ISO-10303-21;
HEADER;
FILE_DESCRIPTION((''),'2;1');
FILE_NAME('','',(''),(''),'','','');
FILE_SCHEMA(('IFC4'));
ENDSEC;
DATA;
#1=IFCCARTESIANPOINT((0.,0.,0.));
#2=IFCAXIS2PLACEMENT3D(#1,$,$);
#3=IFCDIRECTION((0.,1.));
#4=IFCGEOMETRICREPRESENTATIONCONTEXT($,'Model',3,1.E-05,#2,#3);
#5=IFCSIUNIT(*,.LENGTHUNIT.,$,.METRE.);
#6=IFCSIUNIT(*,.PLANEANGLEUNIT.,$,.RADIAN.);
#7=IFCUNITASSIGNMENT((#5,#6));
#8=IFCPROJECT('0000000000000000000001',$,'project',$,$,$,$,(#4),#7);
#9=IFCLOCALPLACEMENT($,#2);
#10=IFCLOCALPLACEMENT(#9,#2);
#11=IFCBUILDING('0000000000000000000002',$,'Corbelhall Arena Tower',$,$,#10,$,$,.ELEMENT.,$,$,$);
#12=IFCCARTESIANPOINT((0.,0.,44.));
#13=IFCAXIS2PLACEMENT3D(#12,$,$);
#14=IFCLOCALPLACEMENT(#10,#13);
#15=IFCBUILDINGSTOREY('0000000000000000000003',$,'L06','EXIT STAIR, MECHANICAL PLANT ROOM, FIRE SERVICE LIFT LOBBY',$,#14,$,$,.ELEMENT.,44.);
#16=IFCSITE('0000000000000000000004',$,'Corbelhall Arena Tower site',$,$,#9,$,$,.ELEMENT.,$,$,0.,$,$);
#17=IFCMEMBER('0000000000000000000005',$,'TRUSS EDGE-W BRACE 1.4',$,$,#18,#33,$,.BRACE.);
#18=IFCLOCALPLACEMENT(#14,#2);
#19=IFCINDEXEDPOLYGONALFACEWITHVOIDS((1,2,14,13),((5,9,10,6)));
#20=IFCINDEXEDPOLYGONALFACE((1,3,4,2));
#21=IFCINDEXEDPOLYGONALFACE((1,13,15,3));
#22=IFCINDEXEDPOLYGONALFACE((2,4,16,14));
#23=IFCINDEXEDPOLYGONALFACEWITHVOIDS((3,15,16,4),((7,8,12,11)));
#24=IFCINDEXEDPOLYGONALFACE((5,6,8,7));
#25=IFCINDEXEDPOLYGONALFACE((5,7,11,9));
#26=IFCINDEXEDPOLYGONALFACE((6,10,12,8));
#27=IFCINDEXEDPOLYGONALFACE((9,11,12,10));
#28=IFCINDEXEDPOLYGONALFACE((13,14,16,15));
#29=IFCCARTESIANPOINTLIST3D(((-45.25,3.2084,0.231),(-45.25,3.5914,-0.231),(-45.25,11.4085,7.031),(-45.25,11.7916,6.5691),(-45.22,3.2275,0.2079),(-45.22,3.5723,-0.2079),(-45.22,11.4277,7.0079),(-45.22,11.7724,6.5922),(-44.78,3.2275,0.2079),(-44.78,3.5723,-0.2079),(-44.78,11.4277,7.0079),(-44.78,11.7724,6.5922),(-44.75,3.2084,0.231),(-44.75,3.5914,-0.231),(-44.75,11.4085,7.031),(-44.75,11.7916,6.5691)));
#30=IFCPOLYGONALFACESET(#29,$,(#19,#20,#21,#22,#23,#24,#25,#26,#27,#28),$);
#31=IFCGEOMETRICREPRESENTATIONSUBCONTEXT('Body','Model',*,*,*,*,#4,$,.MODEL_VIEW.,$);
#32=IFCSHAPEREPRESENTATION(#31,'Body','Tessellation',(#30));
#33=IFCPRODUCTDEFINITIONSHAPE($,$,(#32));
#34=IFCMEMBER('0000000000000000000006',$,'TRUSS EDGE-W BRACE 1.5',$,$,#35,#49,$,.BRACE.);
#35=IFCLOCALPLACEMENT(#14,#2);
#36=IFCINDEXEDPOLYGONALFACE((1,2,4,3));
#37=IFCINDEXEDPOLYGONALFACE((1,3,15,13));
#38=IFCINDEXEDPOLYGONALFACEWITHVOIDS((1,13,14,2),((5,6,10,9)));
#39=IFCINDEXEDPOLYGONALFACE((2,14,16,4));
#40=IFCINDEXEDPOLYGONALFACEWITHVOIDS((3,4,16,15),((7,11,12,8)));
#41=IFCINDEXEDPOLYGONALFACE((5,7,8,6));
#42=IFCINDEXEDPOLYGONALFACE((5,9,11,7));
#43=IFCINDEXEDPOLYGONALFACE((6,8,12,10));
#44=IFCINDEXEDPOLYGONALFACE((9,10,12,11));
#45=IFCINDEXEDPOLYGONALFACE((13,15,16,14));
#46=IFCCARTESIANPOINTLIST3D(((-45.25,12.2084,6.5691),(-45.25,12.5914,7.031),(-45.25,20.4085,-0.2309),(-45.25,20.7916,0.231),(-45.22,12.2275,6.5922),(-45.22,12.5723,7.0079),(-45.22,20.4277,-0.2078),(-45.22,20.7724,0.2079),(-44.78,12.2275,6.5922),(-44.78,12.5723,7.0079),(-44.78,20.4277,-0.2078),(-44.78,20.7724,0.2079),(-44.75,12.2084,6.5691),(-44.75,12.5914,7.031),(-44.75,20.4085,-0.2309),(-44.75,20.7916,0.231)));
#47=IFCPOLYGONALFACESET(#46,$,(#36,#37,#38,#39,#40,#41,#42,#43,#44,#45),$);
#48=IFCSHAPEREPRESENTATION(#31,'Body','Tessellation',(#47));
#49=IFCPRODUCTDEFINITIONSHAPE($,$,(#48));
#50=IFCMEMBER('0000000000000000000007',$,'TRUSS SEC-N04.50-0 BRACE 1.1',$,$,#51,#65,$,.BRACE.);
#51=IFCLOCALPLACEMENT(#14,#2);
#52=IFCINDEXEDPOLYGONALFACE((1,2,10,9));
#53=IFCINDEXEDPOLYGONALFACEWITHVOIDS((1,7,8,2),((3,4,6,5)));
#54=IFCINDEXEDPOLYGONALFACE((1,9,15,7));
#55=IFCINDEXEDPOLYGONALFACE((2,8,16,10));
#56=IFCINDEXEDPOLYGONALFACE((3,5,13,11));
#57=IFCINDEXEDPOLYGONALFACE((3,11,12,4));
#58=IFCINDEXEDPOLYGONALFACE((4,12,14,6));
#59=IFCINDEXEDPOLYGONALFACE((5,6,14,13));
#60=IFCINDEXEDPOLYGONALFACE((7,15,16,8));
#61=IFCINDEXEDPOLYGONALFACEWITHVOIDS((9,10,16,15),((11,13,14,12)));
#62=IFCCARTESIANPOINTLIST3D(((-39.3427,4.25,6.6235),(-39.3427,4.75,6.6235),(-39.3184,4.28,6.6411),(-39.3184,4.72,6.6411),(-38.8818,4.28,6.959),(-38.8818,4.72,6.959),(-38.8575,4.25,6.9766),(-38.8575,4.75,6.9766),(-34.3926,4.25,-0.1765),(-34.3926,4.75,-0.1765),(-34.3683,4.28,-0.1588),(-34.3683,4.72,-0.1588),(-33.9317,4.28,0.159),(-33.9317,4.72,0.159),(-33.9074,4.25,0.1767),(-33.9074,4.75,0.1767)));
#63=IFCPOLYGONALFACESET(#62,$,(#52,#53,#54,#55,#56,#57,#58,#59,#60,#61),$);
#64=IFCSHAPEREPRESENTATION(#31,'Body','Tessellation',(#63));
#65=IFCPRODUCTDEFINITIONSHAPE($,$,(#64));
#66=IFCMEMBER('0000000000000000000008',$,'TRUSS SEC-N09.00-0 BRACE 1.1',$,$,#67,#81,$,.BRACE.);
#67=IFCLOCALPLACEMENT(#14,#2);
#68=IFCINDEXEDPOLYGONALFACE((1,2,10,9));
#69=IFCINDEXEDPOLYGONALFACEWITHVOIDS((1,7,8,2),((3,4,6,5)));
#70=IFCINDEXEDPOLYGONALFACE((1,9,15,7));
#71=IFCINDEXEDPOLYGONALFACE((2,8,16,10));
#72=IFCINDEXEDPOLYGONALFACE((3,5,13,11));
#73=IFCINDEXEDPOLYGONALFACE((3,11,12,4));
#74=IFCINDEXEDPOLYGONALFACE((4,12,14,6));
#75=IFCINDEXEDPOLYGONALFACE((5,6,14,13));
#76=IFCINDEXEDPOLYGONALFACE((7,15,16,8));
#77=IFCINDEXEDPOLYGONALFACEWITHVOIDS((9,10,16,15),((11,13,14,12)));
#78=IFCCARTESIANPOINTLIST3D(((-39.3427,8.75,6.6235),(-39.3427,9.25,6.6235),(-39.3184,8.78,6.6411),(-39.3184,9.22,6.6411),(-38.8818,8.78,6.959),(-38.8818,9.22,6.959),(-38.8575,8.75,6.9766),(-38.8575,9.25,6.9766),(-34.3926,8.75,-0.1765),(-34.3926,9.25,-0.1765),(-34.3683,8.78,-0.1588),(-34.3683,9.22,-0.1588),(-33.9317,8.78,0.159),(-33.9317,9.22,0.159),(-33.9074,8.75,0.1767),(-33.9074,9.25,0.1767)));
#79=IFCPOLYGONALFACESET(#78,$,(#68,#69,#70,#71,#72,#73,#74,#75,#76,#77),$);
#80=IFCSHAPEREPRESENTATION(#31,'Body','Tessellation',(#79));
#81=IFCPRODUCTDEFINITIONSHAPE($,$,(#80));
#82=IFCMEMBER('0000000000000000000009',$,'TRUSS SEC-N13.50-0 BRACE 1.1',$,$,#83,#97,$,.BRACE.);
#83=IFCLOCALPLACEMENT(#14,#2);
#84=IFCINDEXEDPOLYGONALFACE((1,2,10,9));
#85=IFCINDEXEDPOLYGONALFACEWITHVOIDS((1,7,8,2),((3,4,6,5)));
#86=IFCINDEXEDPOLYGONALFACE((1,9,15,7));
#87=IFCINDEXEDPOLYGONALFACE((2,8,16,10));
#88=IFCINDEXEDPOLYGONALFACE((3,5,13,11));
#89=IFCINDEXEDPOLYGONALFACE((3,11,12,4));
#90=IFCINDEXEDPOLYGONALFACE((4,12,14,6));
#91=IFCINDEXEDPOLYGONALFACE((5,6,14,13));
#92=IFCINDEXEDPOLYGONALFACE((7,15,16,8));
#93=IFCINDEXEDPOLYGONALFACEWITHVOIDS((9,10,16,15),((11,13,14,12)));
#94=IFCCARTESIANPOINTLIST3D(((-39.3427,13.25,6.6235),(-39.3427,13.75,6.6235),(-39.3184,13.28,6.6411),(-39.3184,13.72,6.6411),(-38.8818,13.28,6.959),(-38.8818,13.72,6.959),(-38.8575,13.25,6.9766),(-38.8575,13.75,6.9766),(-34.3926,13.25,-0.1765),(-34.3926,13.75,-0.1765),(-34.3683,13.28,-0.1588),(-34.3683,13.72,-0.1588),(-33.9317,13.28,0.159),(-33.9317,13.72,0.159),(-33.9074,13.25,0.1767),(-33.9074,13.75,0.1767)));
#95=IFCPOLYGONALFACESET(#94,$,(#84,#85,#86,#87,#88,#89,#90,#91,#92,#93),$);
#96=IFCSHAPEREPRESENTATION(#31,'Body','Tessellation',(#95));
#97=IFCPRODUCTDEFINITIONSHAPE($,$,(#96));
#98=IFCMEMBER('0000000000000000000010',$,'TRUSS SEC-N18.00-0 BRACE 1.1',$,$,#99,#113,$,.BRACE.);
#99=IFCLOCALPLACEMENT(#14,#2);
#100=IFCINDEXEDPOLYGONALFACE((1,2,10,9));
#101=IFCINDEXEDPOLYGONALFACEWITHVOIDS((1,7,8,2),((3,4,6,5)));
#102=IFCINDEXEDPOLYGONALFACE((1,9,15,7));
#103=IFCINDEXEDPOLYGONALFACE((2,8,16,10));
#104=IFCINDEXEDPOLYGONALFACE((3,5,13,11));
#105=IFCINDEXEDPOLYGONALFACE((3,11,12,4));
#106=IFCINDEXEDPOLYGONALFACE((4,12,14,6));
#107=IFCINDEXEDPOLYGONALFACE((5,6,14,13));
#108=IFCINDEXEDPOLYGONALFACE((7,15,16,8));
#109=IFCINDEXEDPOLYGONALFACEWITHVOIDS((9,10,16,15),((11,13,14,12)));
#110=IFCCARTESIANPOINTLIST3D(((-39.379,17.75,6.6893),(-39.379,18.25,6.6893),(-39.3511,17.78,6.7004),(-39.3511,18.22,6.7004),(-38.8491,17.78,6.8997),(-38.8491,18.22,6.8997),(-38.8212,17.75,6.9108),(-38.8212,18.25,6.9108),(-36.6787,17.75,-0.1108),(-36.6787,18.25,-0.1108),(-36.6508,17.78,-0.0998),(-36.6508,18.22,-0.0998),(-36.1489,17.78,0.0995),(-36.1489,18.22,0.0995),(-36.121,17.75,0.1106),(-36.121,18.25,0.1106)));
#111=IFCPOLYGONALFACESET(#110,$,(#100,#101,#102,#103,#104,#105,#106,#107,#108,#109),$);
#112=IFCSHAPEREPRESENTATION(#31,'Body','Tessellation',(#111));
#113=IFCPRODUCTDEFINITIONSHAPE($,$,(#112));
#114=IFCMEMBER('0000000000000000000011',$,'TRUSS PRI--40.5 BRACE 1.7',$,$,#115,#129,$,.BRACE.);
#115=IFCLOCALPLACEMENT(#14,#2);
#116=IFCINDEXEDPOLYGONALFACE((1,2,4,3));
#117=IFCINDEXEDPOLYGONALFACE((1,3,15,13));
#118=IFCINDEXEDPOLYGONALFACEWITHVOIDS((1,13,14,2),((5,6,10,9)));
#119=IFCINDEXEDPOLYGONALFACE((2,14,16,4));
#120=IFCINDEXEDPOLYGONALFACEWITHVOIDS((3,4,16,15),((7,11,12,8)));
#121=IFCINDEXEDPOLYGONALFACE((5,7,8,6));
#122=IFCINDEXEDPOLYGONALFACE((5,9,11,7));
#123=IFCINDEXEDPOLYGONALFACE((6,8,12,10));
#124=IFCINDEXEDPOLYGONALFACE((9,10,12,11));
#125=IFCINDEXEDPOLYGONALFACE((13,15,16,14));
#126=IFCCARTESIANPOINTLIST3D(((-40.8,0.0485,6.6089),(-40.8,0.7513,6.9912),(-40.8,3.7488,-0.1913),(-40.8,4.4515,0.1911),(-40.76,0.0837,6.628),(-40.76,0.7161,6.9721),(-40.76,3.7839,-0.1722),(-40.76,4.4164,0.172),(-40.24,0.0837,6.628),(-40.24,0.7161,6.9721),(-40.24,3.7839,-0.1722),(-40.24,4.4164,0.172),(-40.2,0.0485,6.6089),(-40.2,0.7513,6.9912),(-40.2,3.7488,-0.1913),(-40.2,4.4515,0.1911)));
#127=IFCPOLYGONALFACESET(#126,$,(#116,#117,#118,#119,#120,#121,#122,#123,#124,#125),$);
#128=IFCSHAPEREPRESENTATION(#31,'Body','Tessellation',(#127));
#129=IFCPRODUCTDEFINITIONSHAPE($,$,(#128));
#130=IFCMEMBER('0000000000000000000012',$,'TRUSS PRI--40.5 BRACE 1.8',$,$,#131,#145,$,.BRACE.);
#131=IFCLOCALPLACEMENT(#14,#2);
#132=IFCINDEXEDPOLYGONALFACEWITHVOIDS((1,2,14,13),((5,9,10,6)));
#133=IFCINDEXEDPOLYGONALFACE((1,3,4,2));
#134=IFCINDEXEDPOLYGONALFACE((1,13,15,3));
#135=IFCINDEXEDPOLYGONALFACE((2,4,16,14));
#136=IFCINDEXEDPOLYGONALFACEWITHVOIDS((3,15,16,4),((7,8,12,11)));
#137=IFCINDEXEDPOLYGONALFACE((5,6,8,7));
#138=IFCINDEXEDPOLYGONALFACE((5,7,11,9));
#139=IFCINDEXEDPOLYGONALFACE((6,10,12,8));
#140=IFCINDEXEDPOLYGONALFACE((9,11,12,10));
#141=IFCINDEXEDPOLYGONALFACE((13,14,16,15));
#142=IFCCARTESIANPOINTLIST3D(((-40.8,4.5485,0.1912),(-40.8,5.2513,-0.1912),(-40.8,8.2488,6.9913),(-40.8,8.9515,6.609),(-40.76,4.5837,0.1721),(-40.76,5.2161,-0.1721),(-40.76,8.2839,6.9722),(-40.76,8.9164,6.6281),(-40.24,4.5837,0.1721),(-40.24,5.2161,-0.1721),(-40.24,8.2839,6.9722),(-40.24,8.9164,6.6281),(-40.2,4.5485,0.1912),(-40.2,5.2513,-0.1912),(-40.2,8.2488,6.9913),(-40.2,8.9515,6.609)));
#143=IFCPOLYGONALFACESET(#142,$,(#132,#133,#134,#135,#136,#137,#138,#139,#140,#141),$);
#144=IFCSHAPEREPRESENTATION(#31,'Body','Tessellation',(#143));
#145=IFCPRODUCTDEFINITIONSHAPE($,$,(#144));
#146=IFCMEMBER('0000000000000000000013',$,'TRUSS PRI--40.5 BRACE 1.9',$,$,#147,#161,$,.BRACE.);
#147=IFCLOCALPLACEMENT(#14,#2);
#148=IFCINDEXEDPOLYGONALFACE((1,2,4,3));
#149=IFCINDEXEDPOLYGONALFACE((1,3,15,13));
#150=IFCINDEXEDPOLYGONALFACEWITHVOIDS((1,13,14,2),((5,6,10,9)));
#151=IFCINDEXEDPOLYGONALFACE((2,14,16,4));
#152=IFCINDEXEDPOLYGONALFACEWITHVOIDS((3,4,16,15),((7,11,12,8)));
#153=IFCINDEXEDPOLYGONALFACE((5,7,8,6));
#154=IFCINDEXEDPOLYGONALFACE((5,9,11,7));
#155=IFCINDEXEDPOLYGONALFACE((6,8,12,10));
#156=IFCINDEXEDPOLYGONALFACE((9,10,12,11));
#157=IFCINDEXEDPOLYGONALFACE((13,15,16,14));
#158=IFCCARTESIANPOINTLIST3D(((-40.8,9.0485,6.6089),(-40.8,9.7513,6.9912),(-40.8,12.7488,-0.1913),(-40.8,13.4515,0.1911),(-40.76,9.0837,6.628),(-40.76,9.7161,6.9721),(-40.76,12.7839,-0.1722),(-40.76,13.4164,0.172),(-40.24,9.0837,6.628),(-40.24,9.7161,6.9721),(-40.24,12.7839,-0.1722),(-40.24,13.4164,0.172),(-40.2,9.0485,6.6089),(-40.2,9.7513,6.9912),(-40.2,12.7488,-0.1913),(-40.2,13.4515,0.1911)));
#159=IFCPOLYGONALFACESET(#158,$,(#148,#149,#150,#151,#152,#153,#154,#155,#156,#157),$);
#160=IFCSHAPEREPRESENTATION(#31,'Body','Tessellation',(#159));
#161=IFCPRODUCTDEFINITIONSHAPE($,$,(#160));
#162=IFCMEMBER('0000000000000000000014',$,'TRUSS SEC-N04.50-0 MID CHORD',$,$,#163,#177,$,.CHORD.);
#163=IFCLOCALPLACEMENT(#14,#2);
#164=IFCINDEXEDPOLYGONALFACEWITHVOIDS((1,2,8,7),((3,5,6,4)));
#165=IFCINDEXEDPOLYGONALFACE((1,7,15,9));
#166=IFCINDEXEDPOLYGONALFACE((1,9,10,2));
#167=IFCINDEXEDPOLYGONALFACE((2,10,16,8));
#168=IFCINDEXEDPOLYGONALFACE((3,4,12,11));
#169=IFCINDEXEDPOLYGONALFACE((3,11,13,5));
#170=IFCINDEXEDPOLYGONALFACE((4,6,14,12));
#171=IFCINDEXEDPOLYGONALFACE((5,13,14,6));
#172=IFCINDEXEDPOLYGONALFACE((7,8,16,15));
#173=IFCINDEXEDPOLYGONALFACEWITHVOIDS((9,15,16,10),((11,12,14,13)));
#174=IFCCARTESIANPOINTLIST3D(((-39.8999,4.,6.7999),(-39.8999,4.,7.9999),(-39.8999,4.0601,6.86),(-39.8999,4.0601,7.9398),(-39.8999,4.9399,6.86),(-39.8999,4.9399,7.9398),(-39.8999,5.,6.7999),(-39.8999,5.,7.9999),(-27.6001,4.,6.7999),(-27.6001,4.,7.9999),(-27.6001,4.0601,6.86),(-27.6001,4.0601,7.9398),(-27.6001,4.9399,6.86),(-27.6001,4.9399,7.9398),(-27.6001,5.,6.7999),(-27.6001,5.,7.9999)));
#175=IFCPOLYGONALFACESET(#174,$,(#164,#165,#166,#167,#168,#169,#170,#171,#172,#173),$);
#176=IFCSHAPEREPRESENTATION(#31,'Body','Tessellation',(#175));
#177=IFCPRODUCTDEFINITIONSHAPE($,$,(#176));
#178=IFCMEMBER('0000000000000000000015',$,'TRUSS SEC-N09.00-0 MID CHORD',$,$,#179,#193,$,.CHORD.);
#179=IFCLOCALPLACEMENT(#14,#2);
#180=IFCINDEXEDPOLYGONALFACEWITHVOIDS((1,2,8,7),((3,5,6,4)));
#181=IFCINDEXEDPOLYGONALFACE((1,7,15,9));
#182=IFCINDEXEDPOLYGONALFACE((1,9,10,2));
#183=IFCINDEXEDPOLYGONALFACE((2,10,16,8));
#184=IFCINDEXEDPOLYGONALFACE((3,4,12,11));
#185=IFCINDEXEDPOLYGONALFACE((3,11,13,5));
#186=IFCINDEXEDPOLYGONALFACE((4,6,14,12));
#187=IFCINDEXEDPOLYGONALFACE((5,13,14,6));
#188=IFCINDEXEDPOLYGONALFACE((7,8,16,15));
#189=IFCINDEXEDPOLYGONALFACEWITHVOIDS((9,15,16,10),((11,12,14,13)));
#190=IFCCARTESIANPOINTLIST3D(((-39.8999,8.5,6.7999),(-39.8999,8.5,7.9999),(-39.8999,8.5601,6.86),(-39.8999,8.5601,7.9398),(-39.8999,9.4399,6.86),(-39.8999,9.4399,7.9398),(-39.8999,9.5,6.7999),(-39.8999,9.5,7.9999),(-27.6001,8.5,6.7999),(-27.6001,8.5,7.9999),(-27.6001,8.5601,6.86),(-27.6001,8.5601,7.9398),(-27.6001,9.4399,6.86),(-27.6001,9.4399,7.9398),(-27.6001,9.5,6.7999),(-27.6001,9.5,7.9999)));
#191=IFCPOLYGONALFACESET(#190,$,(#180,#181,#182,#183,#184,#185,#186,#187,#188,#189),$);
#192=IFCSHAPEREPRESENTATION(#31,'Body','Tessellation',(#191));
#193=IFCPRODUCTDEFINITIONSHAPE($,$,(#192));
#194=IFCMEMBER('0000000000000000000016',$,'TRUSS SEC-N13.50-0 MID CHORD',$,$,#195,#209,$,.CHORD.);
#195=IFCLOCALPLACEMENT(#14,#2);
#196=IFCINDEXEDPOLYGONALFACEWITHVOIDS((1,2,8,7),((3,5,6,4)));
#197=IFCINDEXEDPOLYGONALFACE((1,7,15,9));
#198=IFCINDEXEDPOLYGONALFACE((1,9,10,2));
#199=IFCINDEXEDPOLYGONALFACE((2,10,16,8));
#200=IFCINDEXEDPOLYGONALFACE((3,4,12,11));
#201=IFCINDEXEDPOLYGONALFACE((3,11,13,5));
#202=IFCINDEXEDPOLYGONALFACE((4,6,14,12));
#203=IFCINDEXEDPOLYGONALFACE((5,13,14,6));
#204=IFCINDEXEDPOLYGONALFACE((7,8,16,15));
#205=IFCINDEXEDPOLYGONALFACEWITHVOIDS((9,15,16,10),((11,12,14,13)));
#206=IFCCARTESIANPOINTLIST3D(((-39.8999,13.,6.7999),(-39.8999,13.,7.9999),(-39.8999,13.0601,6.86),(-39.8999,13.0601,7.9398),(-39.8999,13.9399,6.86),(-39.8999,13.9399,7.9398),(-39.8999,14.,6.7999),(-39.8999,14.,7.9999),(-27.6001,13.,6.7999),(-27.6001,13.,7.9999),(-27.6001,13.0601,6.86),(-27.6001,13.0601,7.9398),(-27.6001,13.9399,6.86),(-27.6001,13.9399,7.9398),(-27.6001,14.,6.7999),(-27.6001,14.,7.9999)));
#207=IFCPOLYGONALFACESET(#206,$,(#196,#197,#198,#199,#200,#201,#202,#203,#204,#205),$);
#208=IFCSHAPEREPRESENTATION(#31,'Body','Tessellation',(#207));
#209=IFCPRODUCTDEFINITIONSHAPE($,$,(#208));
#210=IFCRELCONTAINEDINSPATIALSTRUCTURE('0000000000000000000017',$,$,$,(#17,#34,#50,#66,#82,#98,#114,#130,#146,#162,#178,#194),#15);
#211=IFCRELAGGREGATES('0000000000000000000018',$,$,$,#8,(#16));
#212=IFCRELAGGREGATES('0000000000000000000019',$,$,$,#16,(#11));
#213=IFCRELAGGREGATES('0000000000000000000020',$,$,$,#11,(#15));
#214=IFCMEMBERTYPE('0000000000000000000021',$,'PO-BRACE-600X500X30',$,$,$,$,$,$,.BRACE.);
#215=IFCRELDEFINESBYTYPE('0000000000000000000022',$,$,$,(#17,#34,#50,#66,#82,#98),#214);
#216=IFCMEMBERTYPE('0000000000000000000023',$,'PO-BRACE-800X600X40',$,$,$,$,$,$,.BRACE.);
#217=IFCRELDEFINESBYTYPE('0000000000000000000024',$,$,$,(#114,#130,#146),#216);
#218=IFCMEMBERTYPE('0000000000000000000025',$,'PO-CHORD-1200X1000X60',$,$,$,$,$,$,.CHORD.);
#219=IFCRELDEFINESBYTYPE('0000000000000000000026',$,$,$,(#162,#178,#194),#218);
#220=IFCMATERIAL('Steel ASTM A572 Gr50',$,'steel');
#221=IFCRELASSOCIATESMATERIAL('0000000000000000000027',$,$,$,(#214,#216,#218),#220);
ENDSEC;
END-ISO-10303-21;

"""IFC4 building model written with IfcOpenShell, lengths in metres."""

from ifc_helpers import new_model, si_unit, direction, frame, origin, origin_2d, place, context, subcontext, project, spatial, hollow_rectangle, extrude, material, material_profile, profile_set, type_object, element, save


model = new_model("IFC4")

# Units and contexts
model_context = context("Model", 3, precision=1e-05, world=origin(), true_north=direction((0.0, 1.0)))
body_context = subcontext(model_context, "Body", "Model", "MODEL_VIEW")
ifc_project = project(units=[si_unit("LENGTHUNIT", "METRE"), si_unit("PLANEANGLEUNIT", "RADIAN")], contexts=[model_context])

# Site, building, storey
site_placement = place(None, origin())
site = spatial("IfcSite", under=ifc_project, at=site_placement, Name="Corbelhall Arena Tower site", CompositionType="ELEMENT", RefElevation=0.0)
building_placement = place(site_placement, origin())
building = spatial("IfcBuilding", under=site, at=building_placement, Name="Corbelhall Arena Tower", CompositionType="ELEMENT")
storey_placement = place(building_placement, frame((0.0, 0.0, 44.0)))
storey = spatial("IfcBuildingStorey", under=building, at=storey_placement, Name="L06", Description="EXIT STAIR, MECHANICAL PLANT ROOM, FIRE SERVICE LIFT LOBBY", CompositionType="ELEMENT", Elevation=44.0)

# Members
ifc_material_1 = material(Name="Steel ASTM A572 Gr50", Category="steel")
ifc_material_profile_1 = material_profile(ifc_material_1, hollow_rectangle(XDim=0.5, YDim=0.6001, WallThickness=0.03, at=origin_2d()))
ifc_profile_set_1 = profile_set([ifc_material_profile_1], Name="Steel ASTM A572 Gr50")
member_type_1 = type_object("IfcMemberType", Name="PO-BRACE-600X500X30", PredefinedType="BRACE", material=ifc_profile_set_1)
for number, where, z_axis, x_axis, name in (
    (1, (-45.0, 3.3999, 0.0), (0.0, 0.769763, 0.63833), (-1.0, 0.0, 0.0), "TRUSS EDGE-W BRACE 1.4"),
    (2, (-45.0, 12.3999, 6.8), (0.0, 0.769763, -0.63833), (-1.0, 0.0, 0.0), "TRUSS EDGE-W BRACE 1.5"),
):
    element("IfcMember", number, at=place(storey_placement, frame(where, z_axis=z_axis, x_axis=x_axis)), inside=storey, type_object=member_type_1, Name=name, PredefinedType="BRACE", context=body_context, shape_type="SweptSolid", body=[
        extrude(hollow_rectangle(XDim=0.5, YDim=0.6001, WallThickness=0.03, at=origin_2d()), origin(), (0.0, 0.0, 1.0), 10.6528),
    ])
for number, where, z_axis, x_axis, name in (
    (3, (-39.1001, 4.5, 6.8), (0.588538, 0.0, -0.80847), (0.0, 1.0, 0.0), "TRUSS SEC-N04.50-0 BRACE 1.1"),
    (4, (-39.1001, 9.0, 6.8), (0.588538, 0.0, -0.80847), (0.0, 1.0, 0.0), "TRUSS SEC-N09.00-0 BRACE 1.1"),
    (5, (-39.1001, 13.5, 6.8), (0.588538, 0.0, -0.80847), (0.0, 1.0, 0.0), "TRUSS SEC-N13.50-0 BRACE 1.1"),
):
    element("IfcMember", number, at=place(storey_placement, frame(where, z_axis=z_axis, x_axis=x_axis)), inside=storey, type_object=member_type_1, Name=name, PredefinedType="BRACE", context=body_context, shape_type="SweptSolid", body=[
        extrude(hollow_rectangle(XDim=0.5, YDim=0.6001, WallThickness=0.03, at=origin_2d()), origin(), (0.0, 0.0, 1.0), 8.4109),
    ])
member_placement = place(storey_placement, frame((-39.1001, 18.0, 6.8), z_axis=(0.369054, 0.0, -0.929408), x_axis=(0.0, 1.0, 0.0)))
element("IfcMember", 6, at=member_placement, inside=storey, type_object=member_type_1, Name="TRUSS SEC-N18.00-0 BRACE 1.1", PredefinedType="BRACE", context=body_context, shape_type="SweptSolid", body=[
    extrude(hollow_rectangle(XDim=0.5, YDim=0.6001, WallThickness=0.03, at=origin_2d()), origin(), (0.0, 0.0, 1.0), 7.3167),
])
ifc_material_profile_2 = material_profile(ifc_material_1, hollow_rectangle(XDim=0.6001, YDim=0.8, WallThickness=0.04, at=origin_2d()))
ifc_profile_set_2 = profile_set([ifc_material_profile_2], Name="Steel ASTM A572 Gr50")
member_type_2 = type_object("IfcMemberType", Name="PO-BRACE-800X600X40", PredefinedType="BRACE", material=ifc_profile_set_2)
for number, where, z_axis, x_axis, name in (
    (7, (-40.5, 0.3999, 6.8), (0.0, 0.477964, -0.87838), (-1.0, 0.0, 0.0), "TRUSS PRI--40.5 BRACE 1.7"),
    (8, (-40.5, 4.8999, 0.0), (0.0, 0.477964, 0.87838), (-1.0, 0.0, 0.0), "TRUSS PRI--40.5 BRACE 1.8"),
    (9, (-40.5, 9.3999, 6.8), (0.0, 0.477964, -0.87838), (-1.0, 0.0, 0.0), "TRUSS PRI--40.5 BRACE 1.9"),
):
    element("IfcMember", number, at=place(storey_placement, frame(where, z_axis=z_axis, x_axis=x_axis)), inside=storey, type_object=member_type_2, Name=name, PredefinedType="BRACE", context=body_context, shape_type="SweptSolid", body=[
        extrude(hollow_rectangle(XDim=0.6001, YDim=0.8, WallThickness=0.04, at=origin_2d()), origin(), (0.0, 0.0, 1.0), 7.7417),
    ])
ifc_material_profile_3 = material_profile(ifc_material_1, hollow_rectangle(XDim=1.0, YDim=1.2, WallThickness=0.0601, at=origin_2d()))
ifc_profile_set_3 = profile_set([ifc_material_profile_3], Name="Steel ASTM A572 Gr50")
member_type_3 = type_object("IfcMemberType", Name="PO-CHORD-1200X1000X60", PredefinedType="CHORD", material=ifc_profile_set_3)
for number, where, z_axis, x_axis, name in (
    (10, (-39.8999, 4.5, 7.3999), (1.0, 0.0, 0.0), (0.0, 1.0, 0.0), "TRUSS SEC-N04.50-0 MID CHORD"),
    (11, (-39.8999, 9.0, 7.3999), (1.0, 0.0, 0.0), (0.0, 1.0, 0.0), "TRUSS SEC-N09.00-0 MID CHORD"),
    (12, (-39.8999, 13.5, 7.3999), (1.0, 0.0, 0.0), (0.0, 1.0, 0.0), "TRUSS SEC-N13.50-0 MID CHORD"),
):
    element("IfcMember", number, at=place(storey_placement, frame(where, z_axis=z_axis, x_axis=x_axis)), inside=storey, type_object=member_type_3, Name=name, PredefinedType="CHORD", context=body_context, shape_type="SweptSolid", body=[
        extrude(hollow_rectangle(XDim=1.0, YDim=1.2, WallThickness=0.0601, at=origin_2d()), origin(), (0.0, 0.0, 1.0), 12.2998),
    ])

save(model, "model.ifc")
